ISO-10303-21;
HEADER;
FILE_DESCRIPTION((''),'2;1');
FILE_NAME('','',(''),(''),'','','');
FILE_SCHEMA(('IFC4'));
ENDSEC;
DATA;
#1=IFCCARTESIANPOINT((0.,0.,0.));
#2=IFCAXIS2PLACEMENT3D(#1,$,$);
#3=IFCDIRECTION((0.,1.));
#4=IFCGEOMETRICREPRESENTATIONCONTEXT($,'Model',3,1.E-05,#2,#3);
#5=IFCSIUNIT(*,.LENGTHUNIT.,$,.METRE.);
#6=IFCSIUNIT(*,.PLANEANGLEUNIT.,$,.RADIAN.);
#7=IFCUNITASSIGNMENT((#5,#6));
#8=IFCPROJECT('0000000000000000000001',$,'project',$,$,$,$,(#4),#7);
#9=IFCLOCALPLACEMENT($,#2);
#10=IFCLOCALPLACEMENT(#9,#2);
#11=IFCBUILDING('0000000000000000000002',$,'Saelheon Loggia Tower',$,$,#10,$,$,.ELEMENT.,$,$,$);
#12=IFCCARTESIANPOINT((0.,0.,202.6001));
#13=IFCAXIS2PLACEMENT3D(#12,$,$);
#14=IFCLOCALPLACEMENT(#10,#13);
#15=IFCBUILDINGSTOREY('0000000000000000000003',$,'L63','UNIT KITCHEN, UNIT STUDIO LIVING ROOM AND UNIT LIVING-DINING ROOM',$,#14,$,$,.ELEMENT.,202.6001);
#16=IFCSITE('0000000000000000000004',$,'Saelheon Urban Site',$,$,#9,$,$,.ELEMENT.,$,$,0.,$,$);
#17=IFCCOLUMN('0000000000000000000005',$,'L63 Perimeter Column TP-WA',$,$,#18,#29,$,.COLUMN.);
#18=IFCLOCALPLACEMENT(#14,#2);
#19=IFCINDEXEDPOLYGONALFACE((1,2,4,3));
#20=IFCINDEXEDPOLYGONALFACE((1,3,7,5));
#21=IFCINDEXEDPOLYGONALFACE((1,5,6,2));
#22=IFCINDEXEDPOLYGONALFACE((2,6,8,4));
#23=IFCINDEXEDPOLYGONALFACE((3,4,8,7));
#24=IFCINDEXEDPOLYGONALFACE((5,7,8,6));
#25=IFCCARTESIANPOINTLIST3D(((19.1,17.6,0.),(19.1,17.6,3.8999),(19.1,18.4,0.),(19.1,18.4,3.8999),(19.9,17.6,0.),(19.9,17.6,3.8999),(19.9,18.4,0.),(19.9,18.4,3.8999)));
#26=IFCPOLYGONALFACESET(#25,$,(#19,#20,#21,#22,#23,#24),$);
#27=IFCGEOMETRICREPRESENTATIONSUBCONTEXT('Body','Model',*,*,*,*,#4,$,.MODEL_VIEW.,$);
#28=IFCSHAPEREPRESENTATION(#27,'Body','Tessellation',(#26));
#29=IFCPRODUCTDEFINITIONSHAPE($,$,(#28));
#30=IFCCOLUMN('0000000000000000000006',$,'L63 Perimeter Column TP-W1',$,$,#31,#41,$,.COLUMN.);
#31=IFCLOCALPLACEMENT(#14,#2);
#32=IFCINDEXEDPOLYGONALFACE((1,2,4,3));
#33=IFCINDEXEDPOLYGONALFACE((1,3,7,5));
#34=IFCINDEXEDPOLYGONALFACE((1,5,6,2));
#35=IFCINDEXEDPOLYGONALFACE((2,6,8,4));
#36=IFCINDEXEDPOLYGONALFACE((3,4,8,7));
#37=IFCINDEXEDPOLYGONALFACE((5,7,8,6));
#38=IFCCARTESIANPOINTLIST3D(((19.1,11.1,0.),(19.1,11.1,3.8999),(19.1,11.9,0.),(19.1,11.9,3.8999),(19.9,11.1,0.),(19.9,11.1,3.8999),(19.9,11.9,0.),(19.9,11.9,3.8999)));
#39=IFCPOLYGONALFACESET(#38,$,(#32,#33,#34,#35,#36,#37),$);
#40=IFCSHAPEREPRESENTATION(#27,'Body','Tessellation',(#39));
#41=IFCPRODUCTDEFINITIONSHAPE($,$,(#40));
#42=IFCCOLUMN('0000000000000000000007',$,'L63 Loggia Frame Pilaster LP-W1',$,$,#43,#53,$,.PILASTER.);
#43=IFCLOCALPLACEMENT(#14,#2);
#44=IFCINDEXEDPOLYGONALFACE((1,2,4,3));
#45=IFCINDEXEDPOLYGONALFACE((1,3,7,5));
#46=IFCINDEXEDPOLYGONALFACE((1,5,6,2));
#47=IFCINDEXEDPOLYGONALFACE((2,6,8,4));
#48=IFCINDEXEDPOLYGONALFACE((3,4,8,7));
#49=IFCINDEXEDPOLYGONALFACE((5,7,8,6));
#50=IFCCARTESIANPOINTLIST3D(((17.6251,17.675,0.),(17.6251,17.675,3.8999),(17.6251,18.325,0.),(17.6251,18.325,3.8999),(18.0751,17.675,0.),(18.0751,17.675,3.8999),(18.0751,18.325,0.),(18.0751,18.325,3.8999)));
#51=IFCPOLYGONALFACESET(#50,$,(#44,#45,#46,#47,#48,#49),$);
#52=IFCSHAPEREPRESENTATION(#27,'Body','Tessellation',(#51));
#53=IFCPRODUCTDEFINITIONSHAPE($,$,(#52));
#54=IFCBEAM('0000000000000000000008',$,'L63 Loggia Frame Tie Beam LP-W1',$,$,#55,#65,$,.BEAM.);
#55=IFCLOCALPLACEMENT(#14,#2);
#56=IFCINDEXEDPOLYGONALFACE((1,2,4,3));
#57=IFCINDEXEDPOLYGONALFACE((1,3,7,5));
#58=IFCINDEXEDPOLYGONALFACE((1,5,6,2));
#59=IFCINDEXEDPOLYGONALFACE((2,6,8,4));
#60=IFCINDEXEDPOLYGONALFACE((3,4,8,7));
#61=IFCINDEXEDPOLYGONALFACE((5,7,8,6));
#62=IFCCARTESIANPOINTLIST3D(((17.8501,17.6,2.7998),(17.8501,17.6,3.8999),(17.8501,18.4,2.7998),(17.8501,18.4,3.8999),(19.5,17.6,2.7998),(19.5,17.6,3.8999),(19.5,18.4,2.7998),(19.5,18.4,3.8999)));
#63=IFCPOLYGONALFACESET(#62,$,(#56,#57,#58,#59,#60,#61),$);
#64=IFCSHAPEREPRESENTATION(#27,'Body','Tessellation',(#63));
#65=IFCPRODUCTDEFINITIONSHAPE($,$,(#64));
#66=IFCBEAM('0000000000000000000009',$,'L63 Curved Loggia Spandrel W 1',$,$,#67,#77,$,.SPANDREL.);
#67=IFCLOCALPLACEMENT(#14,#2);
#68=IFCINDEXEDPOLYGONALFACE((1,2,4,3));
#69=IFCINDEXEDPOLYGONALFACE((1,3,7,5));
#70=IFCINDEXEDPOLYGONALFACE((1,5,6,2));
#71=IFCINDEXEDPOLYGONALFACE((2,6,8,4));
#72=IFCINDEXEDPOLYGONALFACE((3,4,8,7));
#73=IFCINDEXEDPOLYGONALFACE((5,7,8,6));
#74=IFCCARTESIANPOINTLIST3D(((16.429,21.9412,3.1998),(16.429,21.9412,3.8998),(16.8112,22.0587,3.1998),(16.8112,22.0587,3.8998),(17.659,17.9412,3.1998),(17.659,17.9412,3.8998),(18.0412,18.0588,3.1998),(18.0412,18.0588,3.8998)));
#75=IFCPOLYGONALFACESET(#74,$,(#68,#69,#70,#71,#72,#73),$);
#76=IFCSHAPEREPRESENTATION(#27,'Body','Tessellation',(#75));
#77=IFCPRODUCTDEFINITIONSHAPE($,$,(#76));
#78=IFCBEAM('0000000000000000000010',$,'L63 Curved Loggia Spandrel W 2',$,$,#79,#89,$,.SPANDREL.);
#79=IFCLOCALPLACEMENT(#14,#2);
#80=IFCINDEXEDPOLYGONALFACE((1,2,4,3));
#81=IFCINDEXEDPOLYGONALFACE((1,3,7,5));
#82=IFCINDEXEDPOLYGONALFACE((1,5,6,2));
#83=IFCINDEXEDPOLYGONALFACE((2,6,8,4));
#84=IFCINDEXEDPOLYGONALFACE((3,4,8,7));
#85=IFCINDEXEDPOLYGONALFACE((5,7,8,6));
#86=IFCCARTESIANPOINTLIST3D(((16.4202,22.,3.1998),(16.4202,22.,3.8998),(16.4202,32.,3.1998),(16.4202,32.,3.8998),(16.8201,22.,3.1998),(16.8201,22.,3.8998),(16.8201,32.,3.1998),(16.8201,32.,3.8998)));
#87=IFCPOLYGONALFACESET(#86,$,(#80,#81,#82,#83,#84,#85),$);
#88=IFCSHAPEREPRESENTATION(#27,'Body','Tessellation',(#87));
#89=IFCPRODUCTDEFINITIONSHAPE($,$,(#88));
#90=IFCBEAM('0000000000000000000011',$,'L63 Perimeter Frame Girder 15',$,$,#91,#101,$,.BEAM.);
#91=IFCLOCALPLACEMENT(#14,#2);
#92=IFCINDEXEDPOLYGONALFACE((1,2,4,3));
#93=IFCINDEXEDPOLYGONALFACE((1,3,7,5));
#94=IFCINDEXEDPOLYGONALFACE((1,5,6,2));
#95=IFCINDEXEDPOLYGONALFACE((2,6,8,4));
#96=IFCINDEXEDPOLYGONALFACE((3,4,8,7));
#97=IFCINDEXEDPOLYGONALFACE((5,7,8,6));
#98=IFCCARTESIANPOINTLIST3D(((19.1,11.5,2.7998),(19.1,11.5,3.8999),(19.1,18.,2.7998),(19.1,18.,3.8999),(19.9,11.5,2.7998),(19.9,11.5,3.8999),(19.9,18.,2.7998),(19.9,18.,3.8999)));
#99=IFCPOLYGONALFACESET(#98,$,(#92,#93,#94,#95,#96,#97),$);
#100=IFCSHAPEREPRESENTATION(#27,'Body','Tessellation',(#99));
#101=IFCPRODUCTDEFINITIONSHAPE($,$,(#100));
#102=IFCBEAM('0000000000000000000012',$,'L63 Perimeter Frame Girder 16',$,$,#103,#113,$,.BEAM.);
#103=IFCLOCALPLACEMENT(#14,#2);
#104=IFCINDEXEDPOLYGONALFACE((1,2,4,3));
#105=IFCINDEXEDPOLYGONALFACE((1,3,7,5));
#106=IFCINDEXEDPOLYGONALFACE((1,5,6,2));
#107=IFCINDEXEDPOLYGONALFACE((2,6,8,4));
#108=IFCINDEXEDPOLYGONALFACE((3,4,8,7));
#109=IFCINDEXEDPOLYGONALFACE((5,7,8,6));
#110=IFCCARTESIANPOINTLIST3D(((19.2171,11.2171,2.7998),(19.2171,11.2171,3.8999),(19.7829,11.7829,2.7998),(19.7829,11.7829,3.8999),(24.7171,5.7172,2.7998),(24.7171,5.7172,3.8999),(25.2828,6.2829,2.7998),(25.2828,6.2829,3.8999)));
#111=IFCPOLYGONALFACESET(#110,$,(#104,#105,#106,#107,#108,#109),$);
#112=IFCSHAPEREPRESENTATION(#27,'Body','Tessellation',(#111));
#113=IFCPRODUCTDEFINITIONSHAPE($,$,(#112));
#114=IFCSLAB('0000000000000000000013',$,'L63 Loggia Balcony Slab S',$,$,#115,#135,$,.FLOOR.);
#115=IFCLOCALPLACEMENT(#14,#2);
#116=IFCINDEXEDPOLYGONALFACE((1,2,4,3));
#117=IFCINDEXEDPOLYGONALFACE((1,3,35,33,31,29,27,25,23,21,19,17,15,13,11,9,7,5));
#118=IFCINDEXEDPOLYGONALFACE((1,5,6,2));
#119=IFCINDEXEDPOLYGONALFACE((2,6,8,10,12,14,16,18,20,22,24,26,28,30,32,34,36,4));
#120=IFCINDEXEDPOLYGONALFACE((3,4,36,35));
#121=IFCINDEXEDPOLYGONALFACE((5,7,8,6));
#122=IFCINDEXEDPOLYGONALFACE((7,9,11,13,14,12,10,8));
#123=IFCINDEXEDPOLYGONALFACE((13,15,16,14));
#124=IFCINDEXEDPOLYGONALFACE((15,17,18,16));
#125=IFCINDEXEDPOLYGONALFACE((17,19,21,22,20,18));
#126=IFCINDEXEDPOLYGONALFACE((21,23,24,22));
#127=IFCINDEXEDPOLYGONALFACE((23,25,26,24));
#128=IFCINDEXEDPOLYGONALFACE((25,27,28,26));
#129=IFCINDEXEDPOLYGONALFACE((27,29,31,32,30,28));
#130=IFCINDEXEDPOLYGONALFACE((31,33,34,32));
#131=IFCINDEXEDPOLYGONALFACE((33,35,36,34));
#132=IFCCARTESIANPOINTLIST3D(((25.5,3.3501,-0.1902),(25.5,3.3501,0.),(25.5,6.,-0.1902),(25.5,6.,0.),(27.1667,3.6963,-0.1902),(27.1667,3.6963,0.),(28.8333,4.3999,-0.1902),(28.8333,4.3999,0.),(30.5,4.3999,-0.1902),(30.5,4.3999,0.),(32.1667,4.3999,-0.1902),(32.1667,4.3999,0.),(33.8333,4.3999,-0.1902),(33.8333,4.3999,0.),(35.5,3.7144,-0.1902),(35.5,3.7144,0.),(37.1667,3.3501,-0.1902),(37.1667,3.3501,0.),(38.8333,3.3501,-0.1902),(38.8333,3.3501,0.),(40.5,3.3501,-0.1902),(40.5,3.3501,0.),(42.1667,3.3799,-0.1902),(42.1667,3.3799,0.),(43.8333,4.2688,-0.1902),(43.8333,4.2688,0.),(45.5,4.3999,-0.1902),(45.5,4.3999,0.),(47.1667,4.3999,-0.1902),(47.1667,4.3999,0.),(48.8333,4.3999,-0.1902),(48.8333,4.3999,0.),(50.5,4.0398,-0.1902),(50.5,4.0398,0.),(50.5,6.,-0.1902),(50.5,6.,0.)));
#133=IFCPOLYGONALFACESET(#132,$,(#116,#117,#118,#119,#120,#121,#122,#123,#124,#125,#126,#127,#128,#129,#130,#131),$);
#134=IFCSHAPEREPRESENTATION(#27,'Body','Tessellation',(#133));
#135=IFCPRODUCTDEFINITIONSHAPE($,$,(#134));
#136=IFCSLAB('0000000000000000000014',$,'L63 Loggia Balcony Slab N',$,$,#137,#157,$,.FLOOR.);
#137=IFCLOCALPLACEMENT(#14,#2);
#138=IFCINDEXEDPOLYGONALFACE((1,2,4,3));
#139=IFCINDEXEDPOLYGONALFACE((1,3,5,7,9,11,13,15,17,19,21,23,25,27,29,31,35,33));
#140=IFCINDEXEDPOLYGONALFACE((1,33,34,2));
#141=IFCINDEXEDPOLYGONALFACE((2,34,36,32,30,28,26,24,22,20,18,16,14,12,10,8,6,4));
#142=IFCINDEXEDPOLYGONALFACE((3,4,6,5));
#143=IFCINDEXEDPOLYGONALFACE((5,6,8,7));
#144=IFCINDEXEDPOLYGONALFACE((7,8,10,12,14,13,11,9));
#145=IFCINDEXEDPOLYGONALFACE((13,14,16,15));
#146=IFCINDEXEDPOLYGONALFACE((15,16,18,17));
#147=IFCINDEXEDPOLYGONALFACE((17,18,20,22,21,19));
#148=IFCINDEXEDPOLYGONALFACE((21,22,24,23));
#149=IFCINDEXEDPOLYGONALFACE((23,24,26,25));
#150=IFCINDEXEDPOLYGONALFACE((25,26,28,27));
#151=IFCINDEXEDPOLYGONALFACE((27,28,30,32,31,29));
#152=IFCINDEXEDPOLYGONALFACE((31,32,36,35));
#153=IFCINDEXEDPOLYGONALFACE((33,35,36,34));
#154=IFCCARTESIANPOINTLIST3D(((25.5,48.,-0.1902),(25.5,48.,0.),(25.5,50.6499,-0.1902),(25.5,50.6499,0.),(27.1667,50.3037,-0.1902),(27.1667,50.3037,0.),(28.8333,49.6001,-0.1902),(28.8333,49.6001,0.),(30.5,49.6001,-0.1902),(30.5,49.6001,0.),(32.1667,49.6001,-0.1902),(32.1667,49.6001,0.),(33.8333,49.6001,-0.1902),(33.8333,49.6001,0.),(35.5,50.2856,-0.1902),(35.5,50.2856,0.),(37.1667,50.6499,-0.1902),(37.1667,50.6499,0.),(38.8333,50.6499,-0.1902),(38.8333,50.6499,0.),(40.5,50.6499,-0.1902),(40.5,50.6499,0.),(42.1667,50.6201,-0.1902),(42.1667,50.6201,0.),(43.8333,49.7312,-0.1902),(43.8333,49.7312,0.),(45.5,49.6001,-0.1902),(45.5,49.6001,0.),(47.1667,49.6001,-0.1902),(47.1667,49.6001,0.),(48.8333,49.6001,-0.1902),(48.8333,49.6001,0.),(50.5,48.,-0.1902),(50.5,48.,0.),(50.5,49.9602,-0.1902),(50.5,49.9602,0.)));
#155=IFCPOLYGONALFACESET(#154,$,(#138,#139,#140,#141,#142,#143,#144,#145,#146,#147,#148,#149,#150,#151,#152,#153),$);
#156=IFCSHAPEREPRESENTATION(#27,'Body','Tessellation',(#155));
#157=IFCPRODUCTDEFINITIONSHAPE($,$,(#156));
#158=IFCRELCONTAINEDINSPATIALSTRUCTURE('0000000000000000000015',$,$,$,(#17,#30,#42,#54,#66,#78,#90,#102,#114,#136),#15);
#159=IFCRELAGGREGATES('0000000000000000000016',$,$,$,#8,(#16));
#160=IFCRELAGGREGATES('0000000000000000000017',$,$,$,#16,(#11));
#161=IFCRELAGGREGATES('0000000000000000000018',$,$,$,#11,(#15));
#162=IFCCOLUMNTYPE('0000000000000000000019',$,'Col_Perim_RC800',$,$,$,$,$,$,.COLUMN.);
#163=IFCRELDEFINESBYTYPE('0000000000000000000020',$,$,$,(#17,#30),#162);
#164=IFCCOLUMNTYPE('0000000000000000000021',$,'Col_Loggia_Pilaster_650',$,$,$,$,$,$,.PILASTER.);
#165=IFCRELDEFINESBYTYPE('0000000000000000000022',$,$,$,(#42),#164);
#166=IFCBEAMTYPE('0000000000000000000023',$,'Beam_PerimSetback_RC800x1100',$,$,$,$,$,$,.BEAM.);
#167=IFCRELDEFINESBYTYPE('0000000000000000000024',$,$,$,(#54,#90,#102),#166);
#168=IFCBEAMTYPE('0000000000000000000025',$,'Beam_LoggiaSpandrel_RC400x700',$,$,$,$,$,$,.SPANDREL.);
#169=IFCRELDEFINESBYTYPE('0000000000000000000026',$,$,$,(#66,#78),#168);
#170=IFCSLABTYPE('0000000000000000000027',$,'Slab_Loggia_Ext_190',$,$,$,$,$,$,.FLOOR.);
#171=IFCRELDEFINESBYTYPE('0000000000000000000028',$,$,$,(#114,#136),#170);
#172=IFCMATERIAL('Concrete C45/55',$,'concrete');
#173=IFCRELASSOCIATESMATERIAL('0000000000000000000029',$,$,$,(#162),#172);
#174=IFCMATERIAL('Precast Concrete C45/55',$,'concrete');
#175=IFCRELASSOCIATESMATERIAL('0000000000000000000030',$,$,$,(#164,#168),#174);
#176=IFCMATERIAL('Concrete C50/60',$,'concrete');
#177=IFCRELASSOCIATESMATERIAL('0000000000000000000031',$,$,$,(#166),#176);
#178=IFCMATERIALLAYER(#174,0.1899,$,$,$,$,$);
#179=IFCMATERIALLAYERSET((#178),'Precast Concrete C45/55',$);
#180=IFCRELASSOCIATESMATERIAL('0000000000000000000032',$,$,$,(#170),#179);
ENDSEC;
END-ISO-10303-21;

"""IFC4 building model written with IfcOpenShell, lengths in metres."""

from ifc_helpers import new_model, si_unit, direction, frame, origin, origin_2d, place, context, subcontext, project, spatial, polyline, rectangle, outline, extrude, source, transform, mapped, material, layer, layer_set, material_profile, profile_set, type_object, element, save


model = new_model("IFC4")

# Units and contexts
model_context = context("Model", 3, precision=1e-05, world=origin(), true_north=direction((0.0, 1.0)))
body_context = subcontext(model_context, "Body", "Model", "MODEL_VIEW")
ifc_project = project(units=[si_unit("LENGTHUNIT", "METRE"), si_unit("PLANEANGLEUNIT", "RADIAN")], contexts=[model_context])

# Site, building, storey
site_placement = place(None, origin())
site = spatial("IfcSite", under=ifc_project, at=site_placement, Name="Saelheon Urban Site", CompositionType="ELEMENT", RefElevation=0.0)
building_placement = place(site_placement, origin())
building = spatial("IfcBuilding", under=site, at=building_placement, Name="Saelheon Loggia Tower", CompositionType="ELEMENT")
storey_placement = place(building_placement, frame((0.0, 0.0, 202.6001)))
storey = spatial("IfcBuildingStorey", under=building, at=storey_placement, Name="L63", Description="UNIT KITCHEN, UNIT STUDIO LIVING ROOM AND UNIT LIVING-DINING ROOM", CompositionType="ELEMENT", Elevation=202.6001)

# Columns
ifc_material_1 = material(Name="Concrete C45/55", Category="concrete")
ifc_material_profile_1 = material_profile(ifc_material_1, rectangle(XDim=0.8, YDim=0.8, at=origin_2d()), Name="RC-800x800")
ifc_profile_set_1 = profile_set([ifc_material_profile_1], Name="Concrete C45/55")
column_type_1 = type_object("IfcColumnType", Name="Col_Perim_RC800", PredefinedType="COLUMN", material=ifc_profile_set_1)
shared_shape_1 = source(origin(), body_context, "Body", "SweptSolid", [
    extrude(rectangle(XDim=0.8, YDim=0.8, at=origin_2d()), origin(), (0.0, 0.0, 1.0), 3.8999),
])
for number, where, z_axis, x_axis, name in (
    (1, (19.5, 18.0, 0.0), (0.0, 0.0, 1.0), (1.0, 0.0, 0.0), "L63 Perimeter Column TP-WA"),
    (2, (19.5, 11.5, 0.0), (0.0, 0.0, 1.0), (1.0, 0.0, 0.0), "L63 Perimeter Column TP-W1"),
):
    element("IfcColumn", number, at=place(storey_placement, frame(where, z_axis=z_axis, x_axis=x_axis)), inside=storey, type_object=column_type_1, Name=name, PredefinedType="COLUMN", context=body_context, shape_type="MappedRepresentation", body=[
        mapped(shared_shape_1, transform((0.0, 0.0, 0.0), scale=1.0)),
    ])
ifc_material_2 = material(Name="Precast Concrete C45/55", Category="concrete")
ifc_material_profile_2 = material_profile(ifc_material_2, rectangle(XDim=0.45, YDim=0.6499, at=origin_2d()), Name="RC-450x650")
ifc_profile_set_2 = profile_set([ifc_material_profile_2], Name="Precast Concrete C45/55")
column_type_2 = type_object("IfcColumnType", Name="Col_Loggia_Pilaster_650", PredefinedType="PILASTER", material=ifc_profile_set_2)
shared_shape_2 = source(origin(), body_context, "Body", "SweptSolid", [
    extrude(rectangle(XDim=0.45, YDim=0.6499, at=origin_2d()), origin(), (0.0, 0.0, 1.0), 3.8999),
])
column_placement = place(storey_placement, frame((17.8501, 18.0, 0.0), z_axis=(0.0, 0.0, 1.0), x_axis=(1.0, 0.0, 0.0)))
element("IfcColumn", 3, at=column_placement, inside=storey, type_object=column_type_2, Name="L63 Loggia Frame Pilaster LP-W1", PredefinedType="PILASTER", context=body_context, shape_type="MappedRepresentation", body=[
    mapped(shared_shape_2, transform((0.0, 0.0, 0.0), scale=1.0)),
])

# Beams
ifc_material_3 = material(Name="Concrete C50/60", Category="concrete")
ifc_material_profile_3 = material_profile(ifc_material_3, rectangle(XDim=0.8, YDim=1.1001, at=origin_2d()), Name="RC-800x1100")
ifc_profile_set_3 = profile_set([ifc_material_profile_3], Name="Concrete C50/60")
beam_type_1 = type_object("IfcBeamType", Name="Beam_PerimSetback_RC800x1100", PredefinedType="BEAM", material=ifc_profile_set_3)
shared_shape_3 = source(origin(), body_context, "Body", "SweptSolid", [
    extrude(rectangle(XDim=0.8, YDim=1.1001, at=origin_2d()), origin(), (0.0, 0.0, 1.0), 1.6499),
])
beam_1_placement = place(storey_placement, frame((19.5, 18.0, 3.3499), z_axis=(-1.0, 0.0, 0.0), x_axis=(0.0, -1.0, 0.0)))
element("IfcBeam", 4, at=beam_1_placement, inside=storey, type_object=beam_type_1, Name="L63 Loggia Frame Tie Beam LP-W1", PredefinedType="BEAM", context=body_context, shape_type="MappedRepresentation", body=[
    mapped(shared_shape_3, transform((0.0, 0.0, 0.0), scale=1.0)),
])
ifc_material_profile_4 = material_profile(ifc_material_2, rectangle(XDim=0.3999, YDim=0.7, at=origin_2d()), Name="RC-400x700")
ifc_profile_set_4 = profile_set([ifc_material_profile_4], Name="Precast Concrete C45/55")
beam_type_2 = type_object("IfcBeamType", Name="Beam_LoggiaSpandrel_RC400x700", PredefinedType="SPANDREL", material=ifc_profile_set_4)
shared_shape_4 = source(origin(), body_context, "Body", "SweptSolid", [
    extrude(rectangle(XDim=0.3999, YDim=0.7, at=origin_2d()), origin(), (0.0, 0.0, 1.0), 4.1848),
])
beam_2_placement = place(storey_placement, frame((17.8501, 18.0, 3.5498), z_axis=(-0.293914, 0.955832, 0.0), x_axis=(-0.955832, -0.293914, 0.0)))
element("IfcBeam", 5, at=beam_2_placement, inside=storey, type_object=beam_type_2, Name="L63 Curved Loggia Spandrel W 1", PredefinedType="SPANDREL", context=body_context, shape_type="MappedRepresentation", body=[
    mapped(shared_shape_4, transform((0.0, 0.0, 0.0), scale=1.0)),
])
shared_shape_5 = source(origin(), body_context, "Body", "SweptSolid", [
    extrude(rectangle(XDim=0.3999, YDim=0.7, at=origin_2d()), origin(), (0.0, 0.0, 1.0), 10.0),
])
beam_3_placement = place(storey_placement, frame((16.6201, 22.0, 3.5498), z_axis=(0.0, 1.0, 0.0), x_axis=(-1.0, 0.0, 0.0)))
element("IfcBeam", 6, at=beam_3_placement, inside=storey, type_object=beam_type_2, Name="L63 Curved Loggia Spandrel W 2", PredefinedType="SPANDREL", context=body_context, shape_type="MappedRepresentation", body=[
    mapped(shared_shape_5, transform((0.0, 0.0, 0.0), scale=1.0)),
])
shared_shape_6 = source(origin(), body_context, "Body", "SweptSolid", [
    extrude(rectangle(XDim=0.8, YDim=1.1001, at=origin_2d()), origin(), (0.0, 0.0, 1.0), 6.5),
])
beam_4_placement = place(storey_placement, frame((19.5, 18.0, 3.3499), z_axis=(0.0, -1.0, 0.0), x_axis=(1.0, 0.0, 0.0)))
element("IfcBeam", 7, at=beam_4_placement, inside=storey, type_object=beam_type_1, Name="L63 Perimeter Frame Girder 15", PredefinedType="BEAM", context=body_context, shape_type="MappedRepresentation", body=[
    mapped(shared_shape_6, transform((0.0, 0.0, 0.0), scale=1.0)),
])
shared_shape_7 = source(origin(), body_context, "Body", "SweptSolid", [
    extrude(rectangle(XDim=0.8, YDim=1.1001, at=origin_2d()), origin(), (0.0, 0.0, 1.0), 7.7781),
])
beam_5_placement = place(storey_placement, frame((19.5, 11.5, 3.3499), z_axis=(0.707107, -0.707107, 0.0), x_axis=(0.707107, 0.707107, 0.0)))
element("IfcBeam", 8, at=beam_5_placement, inside=storey, type_object=beam_type_1, Name="L63 Perimeter Frame Girder 16", PredefinedType="BEAM", context=body_context, shape_type="MappedRepresentation", body=[
    mapped(shared_shape_7, transform((0.0, 0.0, 0.0), scale=1.0)),
])

# Slabs
ifc_layer_1 = layer(ifc_material_2, 0.1899)
ifc_layer_set_1 = layer_set([ifc_layer_1], Name="Precast Concrete C45/55")
slab_type_1 = type_object("IfcSlabType", Name="Slab_Loggia_Ext_190", PredefinedType="FLOOR", material=ifc_layer_set_1)
slab_1_placement = place(storey_placement, frame((0.0, 0.0, -0.1902)))
element("IfcSlab", 9, at=slab_1_placement, inside=storey, type_object=slab_type_1, Name="L63 Loggia Balcony Slab S", PredefinedType="FLOOR", context=body_context, shape_type="SweptSolid", body=[
    extrude(outline(polyline([(25.5, 3.3501), (27.1667, 3.6963), (28.8333, 4.3999), (30.5, 4.3999), (32.1667, 4.3999), (33.8333, 4.3999), (35.5, 3.7144), (37.1667, 3.3501), (38.8333, 3.3501), (40.5, 3.3501), (42.1667, 3.3799), (43.8333, 4.2688), (45.5, 4.3999), (47.1667, 4.3999), (48.8333, 4.3999), (50.5, 4.0398), (50.5, 6.0), (25.5, 6.0), (25.5, 3.3501)])), origin(), (0.0, 0.0, 1.0), 0.1902),
])
slab_2_placement = place(storey_placement, frame((0.0, 0.0, -0.1902)))
element("IfcSlab", 10, at=slab_2_placement, inside=storey, type_object=slab_type_1, Name="L63 Loggia Balcony Slab N", PredefinedType="FLOOR", context=body_context, shape_type="SweptSolid", body=[
    extrude(outline(polyline([(25.5, 48.0), (50.5, 48.0), (50.5, 49.9602), (48.8333, 49.6001), (47.1667, 49.6001), (45.5, 49.6001), (43.8333, 49.7312), (42.1667, 50.6201), (40.5, 50.6499), (38.8333, 50.6499), (37.1667, 50.6499), (35.5, 50.2856), (33.8333, 49.6001), (32.1667, 49.6001), (30.5, 49.6001), (28.8333, 49.6001), (27.1667, 50.3037), (25.5, 50.6499), (25.5, 48.0)])), origin(), (0.0, 0.0, 1.0), 0.1902),
])

save(model, "model.ifc")
